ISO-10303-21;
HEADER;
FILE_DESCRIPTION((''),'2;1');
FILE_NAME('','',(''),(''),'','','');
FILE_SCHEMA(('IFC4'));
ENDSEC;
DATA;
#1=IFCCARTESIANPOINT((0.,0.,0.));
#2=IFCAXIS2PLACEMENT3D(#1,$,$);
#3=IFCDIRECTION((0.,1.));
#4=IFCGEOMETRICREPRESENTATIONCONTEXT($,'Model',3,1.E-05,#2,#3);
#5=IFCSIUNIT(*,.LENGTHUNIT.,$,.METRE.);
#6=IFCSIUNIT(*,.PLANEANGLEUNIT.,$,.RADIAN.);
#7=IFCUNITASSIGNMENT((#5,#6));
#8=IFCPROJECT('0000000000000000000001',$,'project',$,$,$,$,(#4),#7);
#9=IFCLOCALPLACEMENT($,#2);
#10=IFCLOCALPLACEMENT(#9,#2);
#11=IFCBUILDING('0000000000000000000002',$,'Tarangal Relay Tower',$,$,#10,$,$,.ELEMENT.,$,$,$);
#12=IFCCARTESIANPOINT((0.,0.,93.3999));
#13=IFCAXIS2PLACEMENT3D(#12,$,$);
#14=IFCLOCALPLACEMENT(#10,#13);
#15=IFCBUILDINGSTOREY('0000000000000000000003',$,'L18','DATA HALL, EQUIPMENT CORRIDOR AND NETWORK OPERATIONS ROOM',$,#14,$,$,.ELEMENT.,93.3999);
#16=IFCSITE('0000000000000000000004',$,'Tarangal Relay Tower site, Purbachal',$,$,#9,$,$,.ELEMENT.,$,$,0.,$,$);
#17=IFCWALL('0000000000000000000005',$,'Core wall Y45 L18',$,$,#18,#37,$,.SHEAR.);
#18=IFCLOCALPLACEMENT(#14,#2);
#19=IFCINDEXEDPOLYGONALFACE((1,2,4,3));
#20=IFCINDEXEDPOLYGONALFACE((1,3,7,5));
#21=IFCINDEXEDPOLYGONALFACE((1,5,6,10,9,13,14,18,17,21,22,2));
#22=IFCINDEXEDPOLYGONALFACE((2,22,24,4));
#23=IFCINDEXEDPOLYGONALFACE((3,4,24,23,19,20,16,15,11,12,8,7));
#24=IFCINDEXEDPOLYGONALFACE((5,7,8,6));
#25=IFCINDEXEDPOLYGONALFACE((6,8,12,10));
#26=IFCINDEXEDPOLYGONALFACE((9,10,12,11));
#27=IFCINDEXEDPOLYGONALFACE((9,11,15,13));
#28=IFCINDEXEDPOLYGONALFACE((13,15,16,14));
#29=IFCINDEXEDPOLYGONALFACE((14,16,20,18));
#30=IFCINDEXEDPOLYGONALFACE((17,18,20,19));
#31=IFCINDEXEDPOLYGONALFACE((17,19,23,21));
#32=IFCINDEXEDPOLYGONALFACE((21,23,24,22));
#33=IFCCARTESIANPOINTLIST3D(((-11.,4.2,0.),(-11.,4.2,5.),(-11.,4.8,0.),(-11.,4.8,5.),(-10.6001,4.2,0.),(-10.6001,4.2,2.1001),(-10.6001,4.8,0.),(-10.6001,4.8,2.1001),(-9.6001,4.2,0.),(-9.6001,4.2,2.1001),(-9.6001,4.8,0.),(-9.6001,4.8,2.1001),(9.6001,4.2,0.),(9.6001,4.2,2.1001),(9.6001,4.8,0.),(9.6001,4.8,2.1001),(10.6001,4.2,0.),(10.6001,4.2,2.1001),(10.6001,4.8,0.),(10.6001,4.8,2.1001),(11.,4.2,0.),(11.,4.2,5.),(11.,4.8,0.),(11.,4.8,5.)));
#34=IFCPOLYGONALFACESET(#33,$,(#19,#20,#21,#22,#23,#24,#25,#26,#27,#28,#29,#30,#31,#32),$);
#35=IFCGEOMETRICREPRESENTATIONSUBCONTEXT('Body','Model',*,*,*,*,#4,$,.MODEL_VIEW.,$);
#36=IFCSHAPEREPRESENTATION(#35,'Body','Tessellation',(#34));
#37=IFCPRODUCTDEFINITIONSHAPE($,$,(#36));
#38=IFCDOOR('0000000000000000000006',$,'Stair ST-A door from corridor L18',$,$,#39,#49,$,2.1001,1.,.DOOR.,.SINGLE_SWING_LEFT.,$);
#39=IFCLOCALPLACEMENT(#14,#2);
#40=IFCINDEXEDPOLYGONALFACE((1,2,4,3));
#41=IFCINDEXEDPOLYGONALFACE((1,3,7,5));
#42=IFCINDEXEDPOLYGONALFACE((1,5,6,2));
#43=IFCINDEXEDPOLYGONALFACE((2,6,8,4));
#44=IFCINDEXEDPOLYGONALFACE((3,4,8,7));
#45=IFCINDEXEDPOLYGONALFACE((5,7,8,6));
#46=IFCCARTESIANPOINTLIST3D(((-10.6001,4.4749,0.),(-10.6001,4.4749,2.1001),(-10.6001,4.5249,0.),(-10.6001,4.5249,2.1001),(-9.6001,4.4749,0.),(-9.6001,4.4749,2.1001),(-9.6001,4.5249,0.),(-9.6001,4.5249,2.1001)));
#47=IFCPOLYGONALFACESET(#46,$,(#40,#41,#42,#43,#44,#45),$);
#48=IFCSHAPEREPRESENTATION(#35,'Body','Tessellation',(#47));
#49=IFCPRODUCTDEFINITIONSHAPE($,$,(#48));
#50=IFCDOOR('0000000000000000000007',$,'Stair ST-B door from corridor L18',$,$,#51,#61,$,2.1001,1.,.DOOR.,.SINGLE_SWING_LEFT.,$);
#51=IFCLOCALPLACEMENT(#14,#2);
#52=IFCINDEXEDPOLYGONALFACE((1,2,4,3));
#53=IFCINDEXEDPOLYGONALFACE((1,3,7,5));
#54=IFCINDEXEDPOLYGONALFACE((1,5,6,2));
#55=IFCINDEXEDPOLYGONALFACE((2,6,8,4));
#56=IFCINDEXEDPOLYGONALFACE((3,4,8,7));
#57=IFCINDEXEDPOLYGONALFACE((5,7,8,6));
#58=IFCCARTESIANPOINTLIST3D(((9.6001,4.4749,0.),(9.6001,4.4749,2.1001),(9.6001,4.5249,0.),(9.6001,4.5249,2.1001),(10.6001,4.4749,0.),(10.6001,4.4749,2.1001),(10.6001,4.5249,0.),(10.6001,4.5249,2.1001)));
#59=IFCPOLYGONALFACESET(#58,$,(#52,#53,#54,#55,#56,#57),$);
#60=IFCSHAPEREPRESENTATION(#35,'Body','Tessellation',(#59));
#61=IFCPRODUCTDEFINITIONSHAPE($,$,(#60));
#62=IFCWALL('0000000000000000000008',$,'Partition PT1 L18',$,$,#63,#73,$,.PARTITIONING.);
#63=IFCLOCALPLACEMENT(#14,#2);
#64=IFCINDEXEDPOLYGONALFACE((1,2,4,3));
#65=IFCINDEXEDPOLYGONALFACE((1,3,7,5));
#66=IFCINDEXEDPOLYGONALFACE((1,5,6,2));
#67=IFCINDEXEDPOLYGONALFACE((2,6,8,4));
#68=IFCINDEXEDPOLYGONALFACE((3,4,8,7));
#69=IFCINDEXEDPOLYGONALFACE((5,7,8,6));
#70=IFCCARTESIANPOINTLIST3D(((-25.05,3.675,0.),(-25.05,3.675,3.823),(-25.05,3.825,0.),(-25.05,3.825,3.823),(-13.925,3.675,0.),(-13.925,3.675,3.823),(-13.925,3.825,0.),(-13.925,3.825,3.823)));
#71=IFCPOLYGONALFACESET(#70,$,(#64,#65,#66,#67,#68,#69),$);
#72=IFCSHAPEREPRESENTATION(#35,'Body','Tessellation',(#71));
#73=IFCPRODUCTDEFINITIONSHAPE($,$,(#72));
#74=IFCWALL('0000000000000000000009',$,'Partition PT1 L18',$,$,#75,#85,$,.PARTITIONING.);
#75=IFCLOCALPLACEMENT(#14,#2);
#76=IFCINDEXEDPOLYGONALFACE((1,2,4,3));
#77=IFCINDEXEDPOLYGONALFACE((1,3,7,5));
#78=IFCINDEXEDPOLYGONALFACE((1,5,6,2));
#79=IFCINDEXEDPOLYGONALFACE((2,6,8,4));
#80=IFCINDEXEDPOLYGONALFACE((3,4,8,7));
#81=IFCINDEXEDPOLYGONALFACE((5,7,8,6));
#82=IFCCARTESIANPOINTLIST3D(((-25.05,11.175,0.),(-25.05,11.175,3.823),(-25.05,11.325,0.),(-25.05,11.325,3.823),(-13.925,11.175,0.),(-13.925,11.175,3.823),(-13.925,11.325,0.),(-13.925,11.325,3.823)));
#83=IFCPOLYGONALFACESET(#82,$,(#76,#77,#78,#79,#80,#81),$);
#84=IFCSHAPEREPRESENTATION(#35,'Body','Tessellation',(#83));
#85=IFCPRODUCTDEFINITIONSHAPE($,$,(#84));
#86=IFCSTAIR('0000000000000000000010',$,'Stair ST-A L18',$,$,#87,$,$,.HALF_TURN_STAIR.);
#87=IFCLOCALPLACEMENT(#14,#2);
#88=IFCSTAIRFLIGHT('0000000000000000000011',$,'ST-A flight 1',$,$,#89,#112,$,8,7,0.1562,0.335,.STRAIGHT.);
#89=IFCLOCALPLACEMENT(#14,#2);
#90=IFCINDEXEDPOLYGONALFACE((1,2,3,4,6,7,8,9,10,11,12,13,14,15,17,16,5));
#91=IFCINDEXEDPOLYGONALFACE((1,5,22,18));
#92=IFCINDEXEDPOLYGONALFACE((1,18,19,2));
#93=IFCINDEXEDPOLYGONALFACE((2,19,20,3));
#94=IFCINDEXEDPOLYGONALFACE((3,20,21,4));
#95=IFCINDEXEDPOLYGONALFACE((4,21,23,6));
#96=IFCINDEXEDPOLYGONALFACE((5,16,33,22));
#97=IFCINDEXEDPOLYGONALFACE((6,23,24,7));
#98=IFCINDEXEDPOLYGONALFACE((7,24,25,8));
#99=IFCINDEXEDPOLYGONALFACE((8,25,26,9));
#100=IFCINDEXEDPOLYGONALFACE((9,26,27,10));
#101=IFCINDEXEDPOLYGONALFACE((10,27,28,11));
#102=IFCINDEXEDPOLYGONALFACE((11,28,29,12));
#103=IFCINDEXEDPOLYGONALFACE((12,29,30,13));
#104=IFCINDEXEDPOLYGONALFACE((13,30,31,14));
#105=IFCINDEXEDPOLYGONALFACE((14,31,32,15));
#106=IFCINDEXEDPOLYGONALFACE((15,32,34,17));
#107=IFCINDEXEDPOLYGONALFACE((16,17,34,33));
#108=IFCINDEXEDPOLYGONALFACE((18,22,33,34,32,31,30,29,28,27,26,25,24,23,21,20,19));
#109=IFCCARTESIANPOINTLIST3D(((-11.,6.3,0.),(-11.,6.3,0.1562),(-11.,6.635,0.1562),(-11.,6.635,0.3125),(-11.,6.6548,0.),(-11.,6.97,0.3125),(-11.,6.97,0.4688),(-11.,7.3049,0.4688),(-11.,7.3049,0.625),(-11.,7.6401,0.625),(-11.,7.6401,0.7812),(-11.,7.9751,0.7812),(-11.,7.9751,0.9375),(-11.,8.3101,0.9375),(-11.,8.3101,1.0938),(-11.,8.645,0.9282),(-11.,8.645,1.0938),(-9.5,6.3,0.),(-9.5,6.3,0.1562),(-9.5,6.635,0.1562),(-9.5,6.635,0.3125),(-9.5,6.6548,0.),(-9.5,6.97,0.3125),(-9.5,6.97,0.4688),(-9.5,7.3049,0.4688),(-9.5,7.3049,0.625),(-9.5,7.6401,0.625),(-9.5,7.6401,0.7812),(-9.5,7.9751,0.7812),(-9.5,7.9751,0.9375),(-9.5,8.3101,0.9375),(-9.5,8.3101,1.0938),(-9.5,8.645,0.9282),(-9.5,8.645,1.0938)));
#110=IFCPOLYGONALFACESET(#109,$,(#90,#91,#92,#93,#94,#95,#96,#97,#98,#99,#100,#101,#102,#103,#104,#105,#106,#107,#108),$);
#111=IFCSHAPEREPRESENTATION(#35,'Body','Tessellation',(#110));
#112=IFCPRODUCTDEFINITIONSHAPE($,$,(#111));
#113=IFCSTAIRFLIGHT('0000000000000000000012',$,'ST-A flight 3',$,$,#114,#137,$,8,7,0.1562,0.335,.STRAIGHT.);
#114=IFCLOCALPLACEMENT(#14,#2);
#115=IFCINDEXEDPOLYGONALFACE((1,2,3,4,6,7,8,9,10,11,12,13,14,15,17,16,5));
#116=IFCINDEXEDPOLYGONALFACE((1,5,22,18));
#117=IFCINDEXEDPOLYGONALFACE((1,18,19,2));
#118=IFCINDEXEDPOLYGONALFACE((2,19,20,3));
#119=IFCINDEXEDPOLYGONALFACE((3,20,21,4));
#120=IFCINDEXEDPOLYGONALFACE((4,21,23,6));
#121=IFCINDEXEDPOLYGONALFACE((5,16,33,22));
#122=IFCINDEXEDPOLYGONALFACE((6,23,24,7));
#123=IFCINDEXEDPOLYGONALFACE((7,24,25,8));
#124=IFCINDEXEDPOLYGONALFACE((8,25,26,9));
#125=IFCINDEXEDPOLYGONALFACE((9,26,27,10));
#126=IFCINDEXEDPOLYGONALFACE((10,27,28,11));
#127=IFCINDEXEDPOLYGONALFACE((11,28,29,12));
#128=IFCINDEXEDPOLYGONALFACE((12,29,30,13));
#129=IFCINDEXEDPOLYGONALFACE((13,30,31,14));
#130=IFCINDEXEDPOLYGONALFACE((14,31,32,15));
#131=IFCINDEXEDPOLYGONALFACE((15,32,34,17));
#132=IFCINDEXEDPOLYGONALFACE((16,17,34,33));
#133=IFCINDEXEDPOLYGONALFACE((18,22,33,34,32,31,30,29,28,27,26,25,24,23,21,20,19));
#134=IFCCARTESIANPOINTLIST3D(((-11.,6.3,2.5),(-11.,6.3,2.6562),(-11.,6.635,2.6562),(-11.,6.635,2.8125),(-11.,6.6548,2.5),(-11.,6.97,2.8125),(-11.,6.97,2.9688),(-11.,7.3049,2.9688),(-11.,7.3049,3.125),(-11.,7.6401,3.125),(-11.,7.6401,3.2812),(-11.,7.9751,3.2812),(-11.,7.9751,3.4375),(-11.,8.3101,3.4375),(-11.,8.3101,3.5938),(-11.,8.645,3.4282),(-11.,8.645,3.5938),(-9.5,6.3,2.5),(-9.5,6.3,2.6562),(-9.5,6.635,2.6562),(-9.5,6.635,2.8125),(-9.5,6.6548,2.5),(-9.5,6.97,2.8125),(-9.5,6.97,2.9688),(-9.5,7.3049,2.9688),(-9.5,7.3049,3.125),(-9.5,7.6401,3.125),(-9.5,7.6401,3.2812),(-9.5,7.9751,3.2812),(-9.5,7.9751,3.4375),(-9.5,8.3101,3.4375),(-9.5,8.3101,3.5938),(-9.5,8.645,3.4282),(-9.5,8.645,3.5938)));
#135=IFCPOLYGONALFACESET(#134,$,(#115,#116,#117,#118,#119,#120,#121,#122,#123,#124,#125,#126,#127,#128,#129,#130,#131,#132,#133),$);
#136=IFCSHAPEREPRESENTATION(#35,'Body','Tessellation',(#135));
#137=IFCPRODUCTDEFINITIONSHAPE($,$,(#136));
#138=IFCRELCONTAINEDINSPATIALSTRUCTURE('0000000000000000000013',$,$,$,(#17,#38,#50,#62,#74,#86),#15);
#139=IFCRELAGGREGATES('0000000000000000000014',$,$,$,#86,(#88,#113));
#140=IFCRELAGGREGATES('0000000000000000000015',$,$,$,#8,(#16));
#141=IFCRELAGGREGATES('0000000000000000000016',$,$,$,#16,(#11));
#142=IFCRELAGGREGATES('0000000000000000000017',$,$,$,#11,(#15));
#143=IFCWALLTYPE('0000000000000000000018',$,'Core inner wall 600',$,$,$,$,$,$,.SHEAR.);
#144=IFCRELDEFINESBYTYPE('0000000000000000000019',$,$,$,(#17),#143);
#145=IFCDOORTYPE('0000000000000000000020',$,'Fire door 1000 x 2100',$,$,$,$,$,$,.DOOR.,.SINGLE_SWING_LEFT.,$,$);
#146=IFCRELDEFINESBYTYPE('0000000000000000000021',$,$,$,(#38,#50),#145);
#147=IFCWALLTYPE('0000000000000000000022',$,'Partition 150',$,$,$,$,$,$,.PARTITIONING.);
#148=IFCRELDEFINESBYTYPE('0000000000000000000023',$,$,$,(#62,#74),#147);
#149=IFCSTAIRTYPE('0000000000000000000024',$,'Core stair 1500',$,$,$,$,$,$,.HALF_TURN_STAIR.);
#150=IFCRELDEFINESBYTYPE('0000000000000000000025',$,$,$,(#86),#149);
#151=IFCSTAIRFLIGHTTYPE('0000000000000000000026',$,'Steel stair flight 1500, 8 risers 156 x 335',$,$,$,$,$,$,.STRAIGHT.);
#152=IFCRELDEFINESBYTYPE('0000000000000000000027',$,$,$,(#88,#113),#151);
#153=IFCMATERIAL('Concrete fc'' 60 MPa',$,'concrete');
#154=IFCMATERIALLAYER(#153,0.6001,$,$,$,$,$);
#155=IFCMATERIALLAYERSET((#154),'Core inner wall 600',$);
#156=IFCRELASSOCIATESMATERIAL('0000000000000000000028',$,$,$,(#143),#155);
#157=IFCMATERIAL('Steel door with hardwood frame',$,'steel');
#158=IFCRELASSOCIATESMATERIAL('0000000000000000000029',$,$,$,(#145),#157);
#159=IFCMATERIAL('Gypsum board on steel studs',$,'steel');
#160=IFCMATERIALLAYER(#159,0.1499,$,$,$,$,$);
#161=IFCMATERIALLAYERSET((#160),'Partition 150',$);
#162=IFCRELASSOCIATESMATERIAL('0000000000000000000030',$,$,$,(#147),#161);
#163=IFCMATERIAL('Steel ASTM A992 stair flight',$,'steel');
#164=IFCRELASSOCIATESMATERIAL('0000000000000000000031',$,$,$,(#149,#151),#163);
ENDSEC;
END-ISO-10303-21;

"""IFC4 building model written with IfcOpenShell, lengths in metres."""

from ifc_helpers import new_model, si_unit, direction, frame, frame_2d, origin, place, context, subcontext, project, spatial, polyline, rectangle, outline, extrude, material, layer, layer_set, type_object, element, fill, aggregate, save


model = new_model("IFC4")

# Units and contexts
model_context = context("Model", 3, precision=1e-05, world=origin(), true_north=direction((0.0, 1.0)))
body_context = subcontext(model_context, "Body", "Model", "MODEL_VIEW")
ifc_project = project(units=[si_unit("LENGTHUNIT", "METRE"), si_unit("PLANEANGLEUNIT", "RADIAN")], contexts=[model_context])

# Site, building, storey
site_placement = place(None, origin())
site = spatial("IfcSite", under=ifc_project, at=site_placement, Name="Tarangal Relay Tower site, Purbachal", CompositionType="ELEMENT", RefElevation=0.0)
building_placement = place(site_placement, origin())
building = spatial("IfcBuilding", under=site, at=building_placement, Name="Tarangal Relay Tower", CompositionType="ELEMENT")
storey_placement = place(building_placement, frame((0.0, 0.0, 93.3999)))
storey = spatial("IfcBuildingStorey", under=building, at=storey_placement, Name="L18", Description="DATA HALL, EQUIPMENT CORRIDOR AND NETWORK OPERATIONS ROOM", CompositionType="ELEMENT", Elevation=93.3999)

# Wall, openings, doors
ifc_material_1 = material(Name="Concrete fc' 60 MPa", Category="concrete")
ifc_layer_1 = layer(ifc_material_1, 0.6001)
ifc_layer_set_1 = layer_set([ifc_layer_1], Name="Core inner wall 600")
wall_type_1 = type_object("IfcWallType", Name="Core inner wall 600", PredefinedType="SHEAR", material=ifc_layer_set_1)
wall_1_placement = place(storey_placement, frame((-11.0, 4.5, 0.0), z_axis=(0.0, 0.0, 1.0), x_axis=(1.0, 0.0, 0.0)))
wall_1 = element("IfcWall", 1, at=wall_1_placement, inside=storey, type_object=wall_type_1, Name="Core wall Y45 L18", PredefinedType="SHEAR", context=body_context, shape_type="SweptSolid", body=[
    extrude(rectangle(XDim=22.0, YDim=0.6001, at=frame_2d((11.0, 0.0))), origin(), (0.0, 0.0, 1.0), 5.0),
])
opening_1_placement = place(wall_1_placement, frame((0.3999, 0.0, 0.0)))
opening_1 = element("IfcOpeningElement", 2, at=opening_1_placement, cuts=wall_1, PredefinedType="OPENING", context=body_context, shape_type="SweptSolid", body=[
    extrude(rectangle(XDim=1.0, YDim=2.1001, at=frame_2d((0.5, 1.05))), frame((0.0, 0.3101, 0.0), z_axis=(0.0, -1.0, 0.0), x_axis=(1.0, 0.0, 0.0)), (0.0, 0.0, 1.0), 0.6201),
])
opening_2_placement = place(wall_1_placement, frame((20.6001, 0.0, 0.0)))
opening_2 = element("IfcOpeningElement", 3, at=opening_2_placement, cuts=wall_1, PredefinedType="OPENING", context=body_context, shape_type="SweptSolid", body=[
    extrude(rectangle(XDim=1.0, YDim=2.1001, at=frame_2d((0.5, 1.05))), frame((0.0, 0.3101, 0.0), z_axis=(0.0, -1.0, 0.0), x_axis=(1.0, 0.0, 0.0)), (0.0, 0.0, 1.0), 0.6201),
])
ifc_material_2 = material(Name="Steel door with hardwood frame", Category="steel")
door_type_1 = type_object("IfcDoorType", Name="Fire door 1000 x 2100", OperationType="SINGLE_SWING_LEFT", PredefinedType="DOOR", material=ifc_material_2)
door_1_placement = place(opening_1_placement, origin())
door_1 = element("IfcDoor", 4, at=door_1_placement, inside=storey, type_object=door_type_1, Name="Stair ST-A door from corridor L18", OperationType="SINGLE_SWING_LEFT", OverallHeight=2.1001, OverallWidth=1.0, PredefinedType="DOOR", context=body_context, shape_type="SweptSolid", body=[
    extrude(rectangle(XDim=1.0, YDim=2.1001, at=frame_2d((0.5, 1.05))), frame((0.0, 0.0249, 0.0), z_axis=(0.0, -1.0, 0.0), x_axis=(1.0, 0.0, 0.0)), (0.0, 0.0, 1.0), 0.05),
])
fill(opening_1, door_1)
door_2_placement = place(opening_2_placement, origin())
door_2 = element("IfcDoor", 5, at=door_2_placement, inside=storey, type_object=door_type_1, Name="Stair ST-B door from corridor L18", OperationType="SINGLE_SWING_LEFT", OverallHeight=2.1001, OverallWidth=1.0, PredefinedType="DOOR", context=body_context, shape_type="SweptSolid", body=[
    extrude(rectangle(XDim=1.0, YDim=2.1001, at=frame_2d((0.5, 1.05))), frame((0.0, 0.0249, 0.0), z_axis=(0.0, -1.0, 0.0), x_axis=(1.0, 0.0, 0.0)), (0.0, 0.0, 1.0), 0.05),
])
fill(opening_2, door_2)

# Walls
ifc_material_3 = material(Name="Gypsum board on steel studs", Category="steel")
ifc_layer_2 = layer(ifc_material_3, 0.1499)
ifc_layer_set_2 = layer_set([ifc_layer_2], Name="Partition 150")
wall_type_2 = type_object("IfcWallType", Name="Partition 150", PredefinedType="PARTITIONING", material=ifc_layer_set_2)
for number, where, z_axis, x_axis, name in (
    (6, (-25.05, 3.75, 0.0), (0.0, 0.0, 1.0), (1.0, 0.0, 0.0), "Partition PT1 L18"),
    (7, (-25.05, 11.25, 0.0), (0.0, 0.0, 1.0), (1.0, 0.0, 0.0), "Partition PT1 L18"),
):
    element("IfcWall", number, at=place(storey_placement, frame(where, z_axis=z_axis, x_axis=x_axis)), inside=storey, type_object=wall_type_2, Name=name, PredefinedType="PARTITIONING", context=body_context, shape_type="SweptSolid", body=[
        extrude(rectangle(XDim=11.125, YDim=0.1499, at=frame_2d((5.5625, 0.0))), origin(), (0.0, 0.0, 1.0), 3.823),
    ])

# Stair, stair flights
ifc_material_4 = material(Name="Steel ASTM A992 stair flight", Category="steel")
stair_type = type_object("IfcStairType", Name="Core stair 1500", PredefinedType="HALF_TURN_STAIR", material=ifc_material_4)
stair_placement = place(storey_placement, origin())
stair = element("IfcStair", 8, at=stair_placement, inside=storey, type_object=stair_type, Name="Stair ST-A L18", PredefinedType="HALF_TURN_STAIR")
stair_flight_type = type_object("IfcStairFlightType", Name="Steel stair flight 1500, 8 risers 156 x 335", PredefinedType="STRAIGHT", material=ifc_material_4)
stair_flight_1_placement = place(storey_placement, frame((-10.25, 6.3, 0.0), z_axis=(0.0, 0.0, 1.0), x_axis=(0.0, 1.0, 0.0)))
stair_flight_1 = element("IfcStairFlight", 9, at=stair_flight_1_placement, type_object=stair_flight_type, Name="ST-A flight 1", NumberOfRisers=8, NumberOfTreads=7, PredefinedType="STRAIGHT", RiserHeight=0.1562, TreadLength=0.335, context=body_context, shape_type="SweptSolid", body=[
    extrude(outline(polyline([(0.0, 0.0), (0.0, 0.1562), (0.335, 0.1562), (0.335, 0.3125), (0.6699, 0.3125), (0.6699, 0.4688), (1.0049, 0.4688), (1.0049, 0.625), (1.3401, 0.625), (1.3401, 0.7812), (1.675, 0.7812), (1.675, 0.9375), (2.01, 0.9375), (2.01, 1.0938), (2.345, 1.0938), (2.345, 1.25), (2.345, 0.9282), (0.3547, 0.0), (0.0, 0.0)])), frame((0.0, 0.75, 0.0), z_axis=(0.0, -1.0, 0.0), x_axis=(1.0, 0.0, 0.0)), (0.0, 0.0, 1.0), 1.5),
])
stair_flight_2_placement = place(storey_placement, frame((-10.25, 6.3, 2.5), z_axis=(0.0, 0.0, 1.0), x_axis=(0.0, 1.0, 0.0)))
stair_flight_2 = element("IfcStairFlight", 10, at=stair_flight_2_placement, type_object=stair_flight_type, Name="ST-A flight 3", NumberOfRisers=8, NumberOfTreads=7, PredefinedType="STRAIGHT", RiserHeight=0.1562, TreadLength=0.335, context=body_context, shape_type="SweptSolid", body=[
    extrude(outline(polyline([(0.0, 0.0), (0.0, 0.1562), (0.335, 0.1562), (0.335, 0.3125), (0.6699, 0.3125), (0.6699, 0.4688), (1.0049, 0.4688), (1.0049, 0.625), (1.3401, 0.625), (1.3401, 0.7812), (1.675, 0.7812), (1.675, 0.9375), (2.01, 0.9375), (2.01, 1.0938), (2.345, 1.0938), (2.345, 1.25), (2.345, 0.9282), (0.3547, 0.0), (0.0, 0.0)])), frame((0.0, 0.75, 0.0), z_axis=(0.0, -1.0, 0.0), x_axis=(1.0, 0.0, 0.0)), (0.0, 0.0, 1.0), 1.5),
])
aggregate(stair, [stair_flight_1, stair_flight_2])

save(model, "model.ifc")
